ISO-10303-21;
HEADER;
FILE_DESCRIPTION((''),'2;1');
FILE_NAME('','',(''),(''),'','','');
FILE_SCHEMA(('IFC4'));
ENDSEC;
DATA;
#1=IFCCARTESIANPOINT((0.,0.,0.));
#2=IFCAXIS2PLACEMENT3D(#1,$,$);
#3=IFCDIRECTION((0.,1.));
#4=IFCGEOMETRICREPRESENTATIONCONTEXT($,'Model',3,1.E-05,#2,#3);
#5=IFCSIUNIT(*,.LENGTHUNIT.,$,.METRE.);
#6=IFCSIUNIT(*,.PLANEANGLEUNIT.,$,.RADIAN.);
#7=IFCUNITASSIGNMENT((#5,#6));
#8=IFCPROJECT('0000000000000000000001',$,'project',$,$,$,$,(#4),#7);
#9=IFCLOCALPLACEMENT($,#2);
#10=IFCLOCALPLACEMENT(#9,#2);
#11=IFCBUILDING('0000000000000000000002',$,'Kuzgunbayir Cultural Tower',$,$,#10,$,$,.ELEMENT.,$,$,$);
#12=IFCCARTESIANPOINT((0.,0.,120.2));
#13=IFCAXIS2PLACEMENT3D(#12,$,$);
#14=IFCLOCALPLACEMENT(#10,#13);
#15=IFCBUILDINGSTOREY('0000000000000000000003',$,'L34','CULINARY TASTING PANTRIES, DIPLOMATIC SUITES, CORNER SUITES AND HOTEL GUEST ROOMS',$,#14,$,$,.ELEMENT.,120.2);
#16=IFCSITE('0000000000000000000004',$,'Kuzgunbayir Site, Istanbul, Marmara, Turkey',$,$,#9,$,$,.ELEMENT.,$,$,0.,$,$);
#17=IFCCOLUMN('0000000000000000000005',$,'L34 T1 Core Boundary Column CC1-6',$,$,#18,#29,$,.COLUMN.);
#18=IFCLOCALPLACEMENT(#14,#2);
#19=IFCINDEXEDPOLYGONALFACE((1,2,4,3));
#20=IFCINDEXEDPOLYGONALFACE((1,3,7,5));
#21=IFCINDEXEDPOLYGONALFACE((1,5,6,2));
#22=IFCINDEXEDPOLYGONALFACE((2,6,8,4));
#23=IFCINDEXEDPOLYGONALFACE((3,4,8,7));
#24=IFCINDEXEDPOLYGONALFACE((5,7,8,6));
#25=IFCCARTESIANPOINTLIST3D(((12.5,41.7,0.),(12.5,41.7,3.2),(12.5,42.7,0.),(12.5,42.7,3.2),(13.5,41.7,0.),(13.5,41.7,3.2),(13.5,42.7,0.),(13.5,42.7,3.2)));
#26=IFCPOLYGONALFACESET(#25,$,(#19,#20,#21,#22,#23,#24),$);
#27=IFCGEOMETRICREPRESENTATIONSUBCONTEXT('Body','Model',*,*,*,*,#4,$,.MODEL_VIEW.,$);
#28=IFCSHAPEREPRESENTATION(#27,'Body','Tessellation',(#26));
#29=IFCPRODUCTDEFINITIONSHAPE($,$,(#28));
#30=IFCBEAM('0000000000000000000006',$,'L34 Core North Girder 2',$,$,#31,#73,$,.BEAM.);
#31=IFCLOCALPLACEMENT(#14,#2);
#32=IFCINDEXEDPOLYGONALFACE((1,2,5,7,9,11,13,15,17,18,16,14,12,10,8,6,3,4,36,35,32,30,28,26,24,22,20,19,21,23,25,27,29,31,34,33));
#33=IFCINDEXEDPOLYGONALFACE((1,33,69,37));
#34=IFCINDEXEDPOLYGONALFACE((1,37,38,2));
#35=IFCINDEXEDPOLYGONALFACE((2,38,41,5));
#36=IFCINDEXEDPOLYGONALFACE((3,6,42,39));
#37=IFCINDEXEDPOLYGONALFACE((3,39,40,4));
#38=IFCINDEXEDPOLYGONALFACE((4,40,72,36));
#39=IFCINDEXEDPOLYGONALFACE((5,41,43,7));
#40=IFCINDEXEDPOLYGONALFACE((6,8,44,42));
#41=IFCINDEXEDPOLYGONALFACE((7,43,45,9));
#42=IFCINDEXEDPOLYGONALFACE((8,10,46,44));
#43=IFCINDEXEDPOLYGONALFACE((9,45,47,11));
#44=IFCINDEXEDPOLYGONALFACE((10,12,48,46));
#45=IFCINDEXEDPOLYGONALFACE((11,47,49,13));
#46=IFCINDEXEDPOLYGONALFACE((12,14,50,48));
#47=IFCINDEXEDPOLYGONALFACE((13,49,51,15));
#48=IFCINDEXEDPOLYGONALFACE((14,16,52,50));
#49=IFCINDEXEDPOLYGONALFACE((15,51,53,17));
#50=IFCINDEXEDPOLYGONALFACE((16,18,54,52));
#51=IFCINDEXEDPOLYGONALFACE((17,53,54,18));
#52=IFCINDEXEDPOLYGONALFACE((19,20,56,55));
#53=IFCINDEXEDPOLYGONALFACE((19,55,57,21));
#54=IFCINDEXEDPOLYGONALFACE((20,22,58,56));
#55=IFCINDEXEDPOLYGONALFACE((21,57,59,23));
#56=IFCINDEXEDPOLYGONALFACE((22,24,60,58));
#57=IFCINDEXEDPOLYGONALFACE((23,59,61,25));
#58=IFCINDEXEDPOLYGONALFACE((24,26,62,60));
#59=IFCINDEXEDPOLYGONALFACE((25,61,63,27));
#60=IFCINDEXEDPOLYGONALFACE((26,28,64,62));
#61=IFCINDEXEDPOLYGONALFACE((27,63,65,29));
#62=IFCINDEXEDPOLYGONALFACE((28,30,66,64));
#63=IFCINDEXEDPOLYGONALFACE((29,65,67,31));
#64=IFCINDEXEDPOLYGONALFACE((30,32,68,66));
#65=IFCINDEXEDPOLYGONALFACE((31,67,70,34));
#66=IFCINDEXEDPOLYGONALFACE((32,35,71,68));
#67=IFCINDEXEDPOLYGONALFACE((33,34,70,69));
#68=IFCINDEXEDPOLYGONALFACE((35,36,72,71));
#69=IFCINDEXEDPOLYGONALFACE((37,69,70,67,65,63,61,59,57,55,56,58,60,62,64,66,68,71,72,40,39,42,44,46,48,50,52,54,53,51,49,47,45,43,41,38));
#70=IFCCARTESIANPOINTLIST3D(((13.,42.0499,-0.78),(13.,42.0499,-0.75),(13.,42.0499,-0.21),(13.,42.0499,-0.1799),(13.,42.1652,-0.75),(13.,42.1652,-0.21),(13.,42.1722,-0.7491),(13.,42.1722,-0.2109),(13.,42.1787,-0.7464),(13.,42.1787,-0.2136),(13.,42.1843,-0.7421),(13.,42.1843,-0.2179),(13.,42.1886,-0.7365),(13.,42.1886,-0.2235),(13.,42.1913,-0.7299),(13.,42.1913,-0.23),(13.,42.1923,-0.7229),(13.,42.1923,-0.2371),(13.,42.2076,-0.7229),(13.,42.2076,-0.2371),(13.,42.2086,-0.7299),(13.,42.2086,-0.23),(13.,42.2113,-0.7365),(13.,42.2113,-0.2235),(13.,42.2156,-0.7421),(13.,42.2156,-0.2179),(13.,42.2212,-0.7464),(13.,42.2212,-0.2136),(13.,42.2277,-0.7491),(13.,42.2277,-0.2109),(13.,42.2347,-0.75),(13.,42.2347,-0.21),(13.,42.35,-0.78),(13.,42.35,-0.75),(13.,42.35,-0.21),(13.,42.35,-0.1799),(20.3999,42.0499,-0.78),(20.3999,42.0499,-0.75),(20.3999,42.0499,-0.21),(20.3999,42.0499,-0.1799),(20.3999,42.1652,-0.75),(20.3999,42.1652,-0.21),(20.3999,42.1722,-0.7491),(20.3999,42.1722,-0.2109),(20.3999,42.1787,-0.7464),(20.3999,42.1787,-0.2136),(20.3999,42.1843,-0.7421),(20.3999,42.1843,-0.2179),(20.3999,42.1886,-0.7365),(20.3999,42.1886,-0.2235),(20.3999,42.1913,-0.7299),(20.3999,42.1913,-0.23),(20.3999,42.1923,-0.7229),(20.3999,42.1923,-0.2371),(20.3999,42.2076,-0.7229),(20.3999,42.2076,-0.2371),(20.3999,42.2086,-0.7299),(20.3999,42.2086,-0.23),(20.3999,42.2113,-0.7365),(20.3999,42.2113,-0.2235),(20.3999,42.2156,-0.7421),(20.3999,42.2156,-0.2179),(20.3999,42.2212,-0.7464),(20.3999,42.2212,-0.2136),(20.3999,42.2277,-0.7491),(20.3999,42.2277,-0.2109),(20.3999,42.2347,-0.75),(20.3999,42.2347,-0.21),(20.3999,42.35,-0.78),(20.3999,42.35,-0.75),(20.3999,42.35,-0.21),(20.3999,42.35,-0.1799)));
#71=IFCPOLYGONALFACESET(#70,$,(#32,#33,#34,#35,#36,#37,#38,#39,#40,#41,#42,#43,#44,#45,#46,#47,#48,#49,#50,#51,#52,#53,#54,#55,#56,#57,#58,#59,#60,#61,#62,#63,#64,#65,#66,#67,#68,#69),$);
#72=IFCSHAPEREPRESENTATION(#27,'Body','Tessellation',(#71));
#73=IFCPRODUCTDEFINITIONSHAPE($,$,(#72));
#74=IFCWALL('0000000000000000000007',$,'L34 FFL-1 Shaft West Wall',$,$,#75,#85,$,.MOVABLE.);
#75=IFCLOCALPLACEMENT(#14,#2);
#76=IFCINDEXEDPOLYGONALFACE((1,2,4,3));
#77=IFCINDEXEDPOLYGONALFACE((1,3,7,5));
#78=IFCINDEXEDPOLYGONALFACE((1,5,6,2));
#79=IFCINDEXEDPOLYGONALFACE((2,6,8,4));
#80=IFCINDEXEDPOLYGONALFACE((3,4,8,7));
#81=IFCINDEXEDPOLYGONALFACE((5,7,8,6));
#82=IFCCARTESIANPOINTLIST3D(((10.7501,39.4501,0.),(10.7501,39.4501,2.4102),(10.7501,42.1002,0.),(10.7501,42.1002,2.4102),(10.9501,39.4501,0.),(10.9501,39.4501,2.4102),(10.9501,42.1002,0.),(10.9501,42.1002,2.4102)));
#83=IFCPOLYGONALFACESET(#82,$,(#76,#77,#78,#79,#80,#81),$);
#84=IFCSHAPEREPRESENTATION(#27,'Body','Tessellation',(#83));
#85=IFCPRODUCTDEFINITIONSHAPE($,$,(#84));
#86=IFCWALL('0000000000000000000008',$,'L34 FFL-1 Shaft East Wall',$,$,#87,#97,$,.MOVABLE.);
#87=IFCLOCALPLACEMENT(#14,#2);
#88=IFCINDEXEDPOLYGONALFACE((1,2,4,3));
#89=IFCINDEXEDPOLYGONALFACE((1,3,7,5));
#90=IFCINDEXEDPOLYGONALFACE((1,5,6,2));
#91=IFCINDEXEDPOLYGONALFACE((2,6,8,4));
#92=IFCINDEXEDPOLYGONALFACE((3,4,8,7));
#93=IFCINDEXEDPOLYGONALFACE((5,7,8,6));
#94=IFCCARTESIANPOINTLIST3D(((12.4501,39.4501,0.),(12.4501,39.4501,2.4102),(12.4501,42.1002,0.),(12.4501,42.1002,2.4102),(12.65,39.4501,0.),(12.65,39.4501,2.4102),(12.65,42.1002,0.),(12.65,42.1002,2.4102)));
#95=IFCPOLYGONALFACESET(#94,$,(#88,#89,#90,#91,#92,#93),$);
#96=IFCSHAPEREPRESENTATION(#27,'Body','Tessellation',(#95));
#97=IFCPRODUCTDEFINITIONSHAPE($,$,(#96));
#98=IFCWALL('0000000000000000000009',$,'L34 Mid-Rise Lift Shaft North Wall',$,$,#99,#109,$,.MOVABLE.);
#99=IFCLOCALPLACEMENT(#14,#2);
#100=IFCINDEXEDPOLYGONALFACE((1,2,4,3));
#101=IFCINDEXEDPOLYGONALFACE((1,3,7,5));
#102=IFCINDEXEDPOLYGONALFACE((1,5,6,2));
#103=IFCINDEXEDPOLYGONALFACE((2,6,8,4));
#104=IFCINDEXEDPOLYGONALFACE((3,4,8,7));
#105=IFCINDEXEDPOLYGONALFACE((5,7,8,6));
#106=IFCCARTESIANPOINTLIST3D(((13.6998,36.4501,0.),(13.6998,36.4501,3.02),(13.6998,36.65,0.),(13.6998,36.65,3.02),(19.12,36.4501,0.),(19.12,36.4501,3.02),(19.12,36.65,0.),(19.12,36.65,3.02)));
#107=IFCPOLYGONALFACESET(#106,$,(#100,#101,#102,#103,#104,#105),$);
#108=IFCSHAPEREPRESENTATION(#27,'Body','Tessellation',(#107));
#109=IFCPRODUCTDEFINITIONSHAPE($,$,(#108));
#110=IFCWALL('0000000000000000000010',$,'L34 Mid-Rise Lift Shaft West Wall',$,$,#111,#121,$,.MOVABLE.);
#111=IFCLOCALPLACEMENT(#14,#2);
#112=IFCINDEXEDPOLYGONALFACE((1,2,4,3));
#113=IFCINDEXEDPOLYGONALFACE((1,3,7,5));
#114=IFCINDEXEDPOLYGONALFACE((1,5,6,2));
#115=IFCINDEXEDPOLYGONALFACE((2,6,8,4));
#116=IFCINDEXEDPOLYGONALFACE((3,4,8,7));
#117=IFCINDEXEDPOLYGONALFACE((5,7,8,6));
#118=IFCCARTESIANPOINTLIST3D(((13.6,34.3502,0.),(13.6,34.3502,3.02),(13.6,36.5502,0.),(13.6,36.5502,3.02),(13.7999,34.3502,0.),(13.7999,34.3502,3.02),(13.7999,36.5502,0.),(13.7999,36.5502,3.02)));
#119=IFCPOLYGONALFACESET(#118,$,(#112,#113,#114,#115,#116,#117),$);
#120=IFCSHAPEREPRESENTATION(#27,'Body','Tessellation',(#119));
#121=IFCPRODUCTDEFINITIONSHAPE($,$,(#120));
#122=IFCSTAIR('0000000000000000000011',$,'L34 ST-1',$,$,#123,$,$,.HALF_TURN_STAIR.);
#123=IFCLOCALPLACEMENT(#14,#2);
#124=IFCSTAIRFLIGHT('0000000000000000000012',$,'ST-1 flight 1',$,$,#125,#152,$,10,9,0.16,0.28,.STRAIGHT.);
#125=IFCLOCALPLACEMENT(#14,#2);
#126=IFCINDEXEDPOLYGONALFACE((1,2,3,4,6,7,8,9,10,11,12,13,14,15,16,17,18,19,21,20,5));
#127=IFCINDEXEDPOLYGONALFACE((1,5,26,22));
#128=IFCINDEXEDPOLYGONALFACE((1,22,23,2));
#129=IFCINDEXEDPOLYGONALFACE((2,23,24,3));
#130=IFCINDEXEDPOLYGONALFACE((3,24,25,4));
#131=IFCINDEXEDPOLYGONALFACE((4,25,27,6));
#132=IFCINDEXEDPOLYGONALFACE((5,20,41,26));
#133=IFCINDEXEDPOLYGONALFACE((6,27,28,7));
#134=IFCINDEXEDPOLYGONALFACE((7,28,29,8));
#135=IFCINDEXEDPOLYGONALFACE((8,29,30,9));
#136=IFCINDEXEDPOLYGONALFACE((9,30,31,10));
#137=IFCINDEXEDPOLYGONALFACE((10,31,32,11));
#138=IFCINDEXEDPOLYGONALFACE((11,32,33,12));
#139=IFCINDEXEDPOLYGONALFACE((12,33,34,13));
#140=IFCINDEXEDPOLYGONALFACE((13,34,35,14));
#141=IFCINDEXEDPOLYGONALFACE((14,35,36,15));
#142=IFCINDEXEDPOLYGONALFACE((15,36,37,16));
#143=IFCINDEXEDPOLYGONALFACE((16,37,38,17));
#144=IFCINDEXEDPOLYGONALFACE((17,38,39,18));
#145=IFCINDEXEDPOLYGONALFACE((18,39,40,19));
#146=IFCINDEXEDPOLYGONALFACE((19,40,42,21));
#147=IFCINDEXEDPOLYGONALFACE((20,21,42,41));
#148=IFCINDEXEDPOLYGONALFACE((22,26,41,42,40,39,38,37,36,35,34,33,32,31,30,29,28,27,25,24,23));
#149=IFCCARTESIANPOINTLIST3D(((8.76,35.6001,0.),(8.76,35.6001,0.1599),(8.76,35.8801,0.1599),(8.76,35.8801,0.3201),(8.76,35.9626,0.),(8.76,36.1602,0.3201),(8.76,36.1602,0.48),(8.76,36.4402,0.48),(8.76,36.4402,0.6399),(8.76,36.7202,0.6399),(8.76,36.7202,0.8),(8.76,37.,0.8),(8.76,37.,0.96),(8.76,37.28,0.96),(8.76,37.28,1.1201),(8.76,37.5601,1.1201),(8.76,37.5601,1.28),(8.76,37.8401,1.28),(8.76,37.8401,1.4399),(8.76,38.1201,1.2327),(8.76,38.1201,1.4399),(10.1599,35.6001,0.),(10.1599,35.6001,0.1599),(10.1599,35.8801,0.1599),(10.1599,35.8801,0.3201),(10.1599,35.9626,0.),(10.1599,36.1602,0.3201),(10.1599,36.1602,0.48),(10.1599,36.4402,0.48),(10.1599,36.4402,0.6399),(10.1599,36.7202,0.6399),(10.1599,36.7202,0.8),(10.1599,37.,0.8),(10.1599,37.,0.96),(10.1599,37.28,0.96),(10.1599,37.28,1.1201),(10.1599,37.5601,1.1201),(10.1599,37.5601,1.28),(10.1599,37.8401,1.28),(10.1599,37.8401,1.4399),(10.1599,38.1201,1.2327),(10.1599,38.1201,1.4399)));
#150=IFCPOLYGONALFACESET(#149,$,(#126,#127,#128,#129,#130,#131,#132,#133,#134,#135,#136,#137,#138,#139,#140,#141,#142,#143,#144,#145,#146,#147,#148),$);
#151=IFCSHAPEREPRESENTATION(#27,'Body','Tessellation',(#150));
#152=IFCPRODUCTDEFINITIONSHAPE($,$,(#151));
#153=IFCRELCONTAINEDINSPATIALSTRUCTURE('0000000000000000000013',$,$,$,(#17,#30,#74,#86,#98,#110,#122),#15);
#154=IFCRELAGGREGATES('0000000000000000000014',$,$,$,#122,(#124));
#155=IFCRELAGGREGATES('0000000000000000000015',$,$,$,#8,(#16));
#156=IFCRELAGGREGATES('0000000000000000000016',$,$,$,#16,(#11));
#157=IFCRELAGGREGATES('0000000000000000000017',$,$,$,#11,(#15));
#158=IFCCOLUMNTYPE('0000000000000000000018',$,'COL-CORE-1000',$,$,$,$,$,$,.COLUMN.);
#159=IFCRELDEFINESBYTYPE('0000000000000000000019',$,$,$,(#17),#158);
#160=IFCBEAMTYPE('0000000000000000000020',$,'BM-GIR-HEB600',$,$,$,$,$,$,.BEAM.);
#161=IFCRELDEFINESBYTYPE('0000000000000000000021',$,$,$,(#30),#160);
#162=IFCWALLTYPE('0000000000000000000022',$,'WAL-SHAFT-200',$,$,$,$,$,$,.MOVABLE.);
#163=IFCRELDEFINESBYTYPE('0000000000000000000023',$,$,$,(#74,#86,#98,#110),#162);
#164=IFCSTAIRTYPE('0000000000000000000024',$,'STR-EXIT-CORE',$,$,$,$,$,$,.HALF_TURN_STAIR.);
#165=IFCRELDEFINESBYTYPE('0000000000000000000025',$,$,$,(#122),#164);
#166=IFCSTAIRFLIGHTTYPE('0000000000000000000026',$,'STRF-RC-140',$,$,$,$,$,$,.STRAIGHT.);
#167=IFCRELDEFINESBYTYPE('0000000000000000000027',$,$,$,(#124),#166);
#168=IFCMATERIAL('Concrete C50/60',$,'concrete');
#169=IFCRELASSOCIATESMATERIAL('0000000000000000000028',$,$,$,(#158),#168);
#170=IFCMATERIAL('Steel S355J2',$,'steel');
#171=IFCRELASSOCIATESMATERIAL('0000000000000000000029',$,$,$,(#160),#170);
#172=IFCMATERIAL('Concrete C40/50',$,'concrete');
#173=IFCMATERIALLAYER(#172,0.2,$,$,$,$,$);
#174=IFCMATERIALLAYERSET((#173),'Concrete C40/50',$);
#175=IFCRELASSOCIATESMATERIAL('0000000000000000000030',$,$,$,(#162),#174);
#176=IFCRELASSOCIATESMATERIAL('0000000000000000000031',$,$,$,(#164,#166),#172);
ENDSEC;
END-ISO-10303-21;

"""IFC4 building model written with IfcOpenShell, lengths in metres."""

from ifc_helpers import new_model, si_unit, direction, frame, frame_2d, origin, origin_2d, place, context, subcontext, project, spatial, polyline, rectangle, i_section, outline, extrude, material, layer, layer_set, material_profile, profile_set, type_object, element, aggregate, save


model = new_model("IFC4")

# Units and contexts
model_context = context("Model", 3, precision=1e-05, world=origin(), true_north=direction((0.0, 1.0)))
body_context = subcontext(model_context, "Body", "Model", "MODEL_VIEW")
ifc_project = project(units=[si_unit("LENGTHUNIT", "METRE"), si_unit("PLANEANGLEUNIT", "RADIAN")], contexts=[model_context])

# Site, building, storey
site_placement = place(None, origin())
site = spatial("IfcSite", under=ifc_project, at=site_placement, Name="Kuzgunbayir Site, Istanbul, Marmara, Turkey", CompositionType="ELEMENT", RefElevation=0.0)
building_placement = place(site_placement, origin())
building = spatial("IfcBuilding", under=site, at=building_placement, Name="Kuzgunbayir Cultural Tower", CompositionType="ELEMENT")
storey_placement = place(building_placement, frame((0.0, 0.0, 120.2)))
storey = spatial("IfcBuildingStorey", under=building, at=storey_placement, Name="L34", Description="CULINARY TASTING PANTRIES, DIPLOMATIC SUITES, CORNER SUITES AND HOTEL GUEST ROOMS", CompositionType="ELEMENT", Elevation=120.2)

# Column
ifc_material_1 = material(Name="Concrete C50/60", Category="concrete")
ifc_material_profile_1 = material_profile(ifc_material_1, rectangle(XDim=1.0, YDim=1.0, at=origin_2d()), Name="RC 1000x1000")
ifc_profile_set_1 = profile_set([ifc_material_profile_1], Name="Concrete C50/60")
column_type = type_object("IfcColumnType", Name="COL-CORE-1000", PredefinedType="COLUMN", material=ifc_profile_set_1)
column_placement = place(storey_placement, frame((13.0, 42.2, 0.0), z_axis=(0.0, 0.0, 1.0), x_axis=(1.0, 0.0, 0.0)))
element("IfcColumn", 1, at=column_placement, inside=storey, type_object=column_type, Name="L34 T1 Core Boundary Column CC1-6", PredefinedType="COLUMN", context=body_context, shape_type="SweptSolid", body=[
    extrude(rectangle(XDim=1.0, YDim=1.0, at=origin_2d()), origin(), (0.0, 0.0, 1.0), 3.2),
])

# Beam
ifc_material_2 = material(Name="Steel S355J2", Category="steel")
ifc_material_profile_2 = material_profile(ifc_material_2, i_section(OverallWidth=0.3, OverallDepth=0.6001, WebThickness=0.0154, FlangeThickness=0.03, FilletRadius=0.0271, at=origin_2d()), Name="HEB 600")
ifc_profile_set_2 = profile_set([ifc_material_profile_2], Name="Steel S355J2")
beam_type = type_object("IfcBeamType", Name="BM-GIR-HEB600", PredefinedType="BEAM", material=ifc_profile_set_2)
beam_placement = place(storey_placement, frame((13.0, 42.2, -0.48), z_axis=(1.0, 0.0, 0.0), x_axis=(0.0, 1.0, 0.0)))
element("IfcBeam", 2, at=beam_placement, inside=storey, type_object=beam_type, Name="L34 Core North Girder 2", PredefinedType="BEAM", context=body_context, shape_type="SweptSolid", body=[
    extrude(i_section(OverallWidth=0.3, OverallDepth=0.6001, WebThickness=0.0154, FlangeThickness=0.03, FilletRadius=0.0271, at=origin_2d()), origin(), (0.0, 0.0, 1.0), 7.3999),
])

# Shared definitions
ifc_material_3 = material(Name="Concrete C40/50", Category="concrete")
ifc_layer_1 = layer(ifc_material_3, 0.2)
ifc_layer_set_1 = layer_set([ifc_layer_1], Name="Concrete C40/50")
wall_type_1 = type_object("IfcWallType", Name="WAL-SHAFT-200", PredefinedType="MOVABLE", material=ifc_layer_set_1)

# Walls
for number, where, z_axis, x_axis, name in (
    (3, (10.8501, 39.45, 0.0), (0.0, 0.0, 1.0), (0.0, 1.0, 0.0), "L34 FFL-1 Shaft West Wall"),
    (4, (12.55, 39.45, 0.0), (0.0, 0.0, 1.0), (0.0, 1.0, 0.0), "L34 FFL-1 Shaft East Wall"),
):
    element("IfcWall", number, at=place(storey_placement, frame(where, z_axis=z_axis, x_axis=x_axis)), inside=storey, type_object=wall_type_1, Name=name, PredefinedType="MOVABLE", context=body_context, shape_type="SweptSolid", body=[
        extrude(rectangle(XDim=2.6501, YDim=0.2, at=frame_2d((1.3252, 0.0))), origin(), (0.0, 0.0, 1.0), 2.4102),
    ])

# Walls
wall_1_placement = place(storey_placement, frame((13.7, 36.55, 0.0), z_axis=(0.0, 0.0, 1.0), x_axis=(1.0, 0.0, 0.0)))
element("IfcWall", 5, at=wall_1_placement, inside=storey, type_object=wall_type_1, Name="L34 Mid-Rise Lift Shaft North Wall", PredefinedType="MOVABLE", context=body_context, shape_type="SweptSolid", body=[
    extrude(rectangle(XDim=5.4202, YDim=0.2, at=frame_2d((2.71, 0.0))), origin(), (0.0, 0.0, 1.0), 3.02),
])
wall_2_placement = place(storey_placement, frame((13.7, 34.3501, 0.0), z_axis=(0.0, 0.0, 1.0), x_axis=(0.0, 1.0, 0.0)))
element("IfcWall", 6, at=wall_2_placement, inside=storey, type_object=wall_type_1, Name="L34 Mid-Rise Lift Shaft West Wall", PredefinedType="MOVABLE", context=body_context, shape_type="SweptSolid", body=[
    extrude(rectangle(XDim=2.2, YDim=0.2, at=frame_2d((1.1001, 0.0))), origin(), (0.0, 0.0, 1.0), 3.02),
])

# Stair, stair flight
stair_type = type_object("IfcStairType", Name="STR-EXIT-CORE", PredefinedType="HALF_TURN_STAIR", material=ifc_material_3)
stair_placement = place(storey_placement, origin())
stair = element("IfcStair", 7, at=stair_placement, inside=storey, type_object=stair_type, Name="L34 ST-1", PredefinedType="HALF_TURN_STAIR")
stair_flight_type = type_object("IfcStairFlightType", Name="STRF-RC-140", PredefinedType="STRAIGHT", material=ifc_material_3)
stair_flight_placement = place(storey_placement, frame((9.46, 35.6001, 0.0), z_axis=(0.0, 0.0, 1.0), x_axis=(0.0, 1.0, 0.0)))
stair_flight = element("IfcStairFlight", 8, at=stair_flight_placement, type_object=stair_flight_type, Name="ST-1 flight 1", NumberOfRisers=10, NumberOfTreads=9, PredefinedType="STRAIGHT", RiserHeight=0.16, TreadLength=0.28, context=body_context, shape_type="SweptSolid", body=[
    extrude(outline(polyline([(0.0, 0.0), (0.0, 0.1599), (0.28, 0.1599), (0.28, 0.3201), (0.5601, 0.3201), (0.5601, 0.48), (0.8401, 0.48), (0.8401, 0.6399), (1.1201, 0.6399), (1.1201, 0.8), (1.3999, 0.8), (1.3999, 0.96), (1.6799, 0.96), (1.6799, 1.1201), (1.96, 1.1201), (1.96, 1.28), (2.24, 1.28), (2.24, 1.4399), (2.52, 1.4399), (2.52, 1.6001), (2.52, 1.2327), (0.3625, 0.0), (0.0, 0.0)])), frame((0.0, 0.7, 0.0), z_axis=(0.0, -1.0, 0.0), x_axis=(1.0, 0.0, 0.0)), (0.0, 0.0, 1.0), 1.3999),
])
aggregate(stair, [stair_flight])

save(model, "model.ifc")
